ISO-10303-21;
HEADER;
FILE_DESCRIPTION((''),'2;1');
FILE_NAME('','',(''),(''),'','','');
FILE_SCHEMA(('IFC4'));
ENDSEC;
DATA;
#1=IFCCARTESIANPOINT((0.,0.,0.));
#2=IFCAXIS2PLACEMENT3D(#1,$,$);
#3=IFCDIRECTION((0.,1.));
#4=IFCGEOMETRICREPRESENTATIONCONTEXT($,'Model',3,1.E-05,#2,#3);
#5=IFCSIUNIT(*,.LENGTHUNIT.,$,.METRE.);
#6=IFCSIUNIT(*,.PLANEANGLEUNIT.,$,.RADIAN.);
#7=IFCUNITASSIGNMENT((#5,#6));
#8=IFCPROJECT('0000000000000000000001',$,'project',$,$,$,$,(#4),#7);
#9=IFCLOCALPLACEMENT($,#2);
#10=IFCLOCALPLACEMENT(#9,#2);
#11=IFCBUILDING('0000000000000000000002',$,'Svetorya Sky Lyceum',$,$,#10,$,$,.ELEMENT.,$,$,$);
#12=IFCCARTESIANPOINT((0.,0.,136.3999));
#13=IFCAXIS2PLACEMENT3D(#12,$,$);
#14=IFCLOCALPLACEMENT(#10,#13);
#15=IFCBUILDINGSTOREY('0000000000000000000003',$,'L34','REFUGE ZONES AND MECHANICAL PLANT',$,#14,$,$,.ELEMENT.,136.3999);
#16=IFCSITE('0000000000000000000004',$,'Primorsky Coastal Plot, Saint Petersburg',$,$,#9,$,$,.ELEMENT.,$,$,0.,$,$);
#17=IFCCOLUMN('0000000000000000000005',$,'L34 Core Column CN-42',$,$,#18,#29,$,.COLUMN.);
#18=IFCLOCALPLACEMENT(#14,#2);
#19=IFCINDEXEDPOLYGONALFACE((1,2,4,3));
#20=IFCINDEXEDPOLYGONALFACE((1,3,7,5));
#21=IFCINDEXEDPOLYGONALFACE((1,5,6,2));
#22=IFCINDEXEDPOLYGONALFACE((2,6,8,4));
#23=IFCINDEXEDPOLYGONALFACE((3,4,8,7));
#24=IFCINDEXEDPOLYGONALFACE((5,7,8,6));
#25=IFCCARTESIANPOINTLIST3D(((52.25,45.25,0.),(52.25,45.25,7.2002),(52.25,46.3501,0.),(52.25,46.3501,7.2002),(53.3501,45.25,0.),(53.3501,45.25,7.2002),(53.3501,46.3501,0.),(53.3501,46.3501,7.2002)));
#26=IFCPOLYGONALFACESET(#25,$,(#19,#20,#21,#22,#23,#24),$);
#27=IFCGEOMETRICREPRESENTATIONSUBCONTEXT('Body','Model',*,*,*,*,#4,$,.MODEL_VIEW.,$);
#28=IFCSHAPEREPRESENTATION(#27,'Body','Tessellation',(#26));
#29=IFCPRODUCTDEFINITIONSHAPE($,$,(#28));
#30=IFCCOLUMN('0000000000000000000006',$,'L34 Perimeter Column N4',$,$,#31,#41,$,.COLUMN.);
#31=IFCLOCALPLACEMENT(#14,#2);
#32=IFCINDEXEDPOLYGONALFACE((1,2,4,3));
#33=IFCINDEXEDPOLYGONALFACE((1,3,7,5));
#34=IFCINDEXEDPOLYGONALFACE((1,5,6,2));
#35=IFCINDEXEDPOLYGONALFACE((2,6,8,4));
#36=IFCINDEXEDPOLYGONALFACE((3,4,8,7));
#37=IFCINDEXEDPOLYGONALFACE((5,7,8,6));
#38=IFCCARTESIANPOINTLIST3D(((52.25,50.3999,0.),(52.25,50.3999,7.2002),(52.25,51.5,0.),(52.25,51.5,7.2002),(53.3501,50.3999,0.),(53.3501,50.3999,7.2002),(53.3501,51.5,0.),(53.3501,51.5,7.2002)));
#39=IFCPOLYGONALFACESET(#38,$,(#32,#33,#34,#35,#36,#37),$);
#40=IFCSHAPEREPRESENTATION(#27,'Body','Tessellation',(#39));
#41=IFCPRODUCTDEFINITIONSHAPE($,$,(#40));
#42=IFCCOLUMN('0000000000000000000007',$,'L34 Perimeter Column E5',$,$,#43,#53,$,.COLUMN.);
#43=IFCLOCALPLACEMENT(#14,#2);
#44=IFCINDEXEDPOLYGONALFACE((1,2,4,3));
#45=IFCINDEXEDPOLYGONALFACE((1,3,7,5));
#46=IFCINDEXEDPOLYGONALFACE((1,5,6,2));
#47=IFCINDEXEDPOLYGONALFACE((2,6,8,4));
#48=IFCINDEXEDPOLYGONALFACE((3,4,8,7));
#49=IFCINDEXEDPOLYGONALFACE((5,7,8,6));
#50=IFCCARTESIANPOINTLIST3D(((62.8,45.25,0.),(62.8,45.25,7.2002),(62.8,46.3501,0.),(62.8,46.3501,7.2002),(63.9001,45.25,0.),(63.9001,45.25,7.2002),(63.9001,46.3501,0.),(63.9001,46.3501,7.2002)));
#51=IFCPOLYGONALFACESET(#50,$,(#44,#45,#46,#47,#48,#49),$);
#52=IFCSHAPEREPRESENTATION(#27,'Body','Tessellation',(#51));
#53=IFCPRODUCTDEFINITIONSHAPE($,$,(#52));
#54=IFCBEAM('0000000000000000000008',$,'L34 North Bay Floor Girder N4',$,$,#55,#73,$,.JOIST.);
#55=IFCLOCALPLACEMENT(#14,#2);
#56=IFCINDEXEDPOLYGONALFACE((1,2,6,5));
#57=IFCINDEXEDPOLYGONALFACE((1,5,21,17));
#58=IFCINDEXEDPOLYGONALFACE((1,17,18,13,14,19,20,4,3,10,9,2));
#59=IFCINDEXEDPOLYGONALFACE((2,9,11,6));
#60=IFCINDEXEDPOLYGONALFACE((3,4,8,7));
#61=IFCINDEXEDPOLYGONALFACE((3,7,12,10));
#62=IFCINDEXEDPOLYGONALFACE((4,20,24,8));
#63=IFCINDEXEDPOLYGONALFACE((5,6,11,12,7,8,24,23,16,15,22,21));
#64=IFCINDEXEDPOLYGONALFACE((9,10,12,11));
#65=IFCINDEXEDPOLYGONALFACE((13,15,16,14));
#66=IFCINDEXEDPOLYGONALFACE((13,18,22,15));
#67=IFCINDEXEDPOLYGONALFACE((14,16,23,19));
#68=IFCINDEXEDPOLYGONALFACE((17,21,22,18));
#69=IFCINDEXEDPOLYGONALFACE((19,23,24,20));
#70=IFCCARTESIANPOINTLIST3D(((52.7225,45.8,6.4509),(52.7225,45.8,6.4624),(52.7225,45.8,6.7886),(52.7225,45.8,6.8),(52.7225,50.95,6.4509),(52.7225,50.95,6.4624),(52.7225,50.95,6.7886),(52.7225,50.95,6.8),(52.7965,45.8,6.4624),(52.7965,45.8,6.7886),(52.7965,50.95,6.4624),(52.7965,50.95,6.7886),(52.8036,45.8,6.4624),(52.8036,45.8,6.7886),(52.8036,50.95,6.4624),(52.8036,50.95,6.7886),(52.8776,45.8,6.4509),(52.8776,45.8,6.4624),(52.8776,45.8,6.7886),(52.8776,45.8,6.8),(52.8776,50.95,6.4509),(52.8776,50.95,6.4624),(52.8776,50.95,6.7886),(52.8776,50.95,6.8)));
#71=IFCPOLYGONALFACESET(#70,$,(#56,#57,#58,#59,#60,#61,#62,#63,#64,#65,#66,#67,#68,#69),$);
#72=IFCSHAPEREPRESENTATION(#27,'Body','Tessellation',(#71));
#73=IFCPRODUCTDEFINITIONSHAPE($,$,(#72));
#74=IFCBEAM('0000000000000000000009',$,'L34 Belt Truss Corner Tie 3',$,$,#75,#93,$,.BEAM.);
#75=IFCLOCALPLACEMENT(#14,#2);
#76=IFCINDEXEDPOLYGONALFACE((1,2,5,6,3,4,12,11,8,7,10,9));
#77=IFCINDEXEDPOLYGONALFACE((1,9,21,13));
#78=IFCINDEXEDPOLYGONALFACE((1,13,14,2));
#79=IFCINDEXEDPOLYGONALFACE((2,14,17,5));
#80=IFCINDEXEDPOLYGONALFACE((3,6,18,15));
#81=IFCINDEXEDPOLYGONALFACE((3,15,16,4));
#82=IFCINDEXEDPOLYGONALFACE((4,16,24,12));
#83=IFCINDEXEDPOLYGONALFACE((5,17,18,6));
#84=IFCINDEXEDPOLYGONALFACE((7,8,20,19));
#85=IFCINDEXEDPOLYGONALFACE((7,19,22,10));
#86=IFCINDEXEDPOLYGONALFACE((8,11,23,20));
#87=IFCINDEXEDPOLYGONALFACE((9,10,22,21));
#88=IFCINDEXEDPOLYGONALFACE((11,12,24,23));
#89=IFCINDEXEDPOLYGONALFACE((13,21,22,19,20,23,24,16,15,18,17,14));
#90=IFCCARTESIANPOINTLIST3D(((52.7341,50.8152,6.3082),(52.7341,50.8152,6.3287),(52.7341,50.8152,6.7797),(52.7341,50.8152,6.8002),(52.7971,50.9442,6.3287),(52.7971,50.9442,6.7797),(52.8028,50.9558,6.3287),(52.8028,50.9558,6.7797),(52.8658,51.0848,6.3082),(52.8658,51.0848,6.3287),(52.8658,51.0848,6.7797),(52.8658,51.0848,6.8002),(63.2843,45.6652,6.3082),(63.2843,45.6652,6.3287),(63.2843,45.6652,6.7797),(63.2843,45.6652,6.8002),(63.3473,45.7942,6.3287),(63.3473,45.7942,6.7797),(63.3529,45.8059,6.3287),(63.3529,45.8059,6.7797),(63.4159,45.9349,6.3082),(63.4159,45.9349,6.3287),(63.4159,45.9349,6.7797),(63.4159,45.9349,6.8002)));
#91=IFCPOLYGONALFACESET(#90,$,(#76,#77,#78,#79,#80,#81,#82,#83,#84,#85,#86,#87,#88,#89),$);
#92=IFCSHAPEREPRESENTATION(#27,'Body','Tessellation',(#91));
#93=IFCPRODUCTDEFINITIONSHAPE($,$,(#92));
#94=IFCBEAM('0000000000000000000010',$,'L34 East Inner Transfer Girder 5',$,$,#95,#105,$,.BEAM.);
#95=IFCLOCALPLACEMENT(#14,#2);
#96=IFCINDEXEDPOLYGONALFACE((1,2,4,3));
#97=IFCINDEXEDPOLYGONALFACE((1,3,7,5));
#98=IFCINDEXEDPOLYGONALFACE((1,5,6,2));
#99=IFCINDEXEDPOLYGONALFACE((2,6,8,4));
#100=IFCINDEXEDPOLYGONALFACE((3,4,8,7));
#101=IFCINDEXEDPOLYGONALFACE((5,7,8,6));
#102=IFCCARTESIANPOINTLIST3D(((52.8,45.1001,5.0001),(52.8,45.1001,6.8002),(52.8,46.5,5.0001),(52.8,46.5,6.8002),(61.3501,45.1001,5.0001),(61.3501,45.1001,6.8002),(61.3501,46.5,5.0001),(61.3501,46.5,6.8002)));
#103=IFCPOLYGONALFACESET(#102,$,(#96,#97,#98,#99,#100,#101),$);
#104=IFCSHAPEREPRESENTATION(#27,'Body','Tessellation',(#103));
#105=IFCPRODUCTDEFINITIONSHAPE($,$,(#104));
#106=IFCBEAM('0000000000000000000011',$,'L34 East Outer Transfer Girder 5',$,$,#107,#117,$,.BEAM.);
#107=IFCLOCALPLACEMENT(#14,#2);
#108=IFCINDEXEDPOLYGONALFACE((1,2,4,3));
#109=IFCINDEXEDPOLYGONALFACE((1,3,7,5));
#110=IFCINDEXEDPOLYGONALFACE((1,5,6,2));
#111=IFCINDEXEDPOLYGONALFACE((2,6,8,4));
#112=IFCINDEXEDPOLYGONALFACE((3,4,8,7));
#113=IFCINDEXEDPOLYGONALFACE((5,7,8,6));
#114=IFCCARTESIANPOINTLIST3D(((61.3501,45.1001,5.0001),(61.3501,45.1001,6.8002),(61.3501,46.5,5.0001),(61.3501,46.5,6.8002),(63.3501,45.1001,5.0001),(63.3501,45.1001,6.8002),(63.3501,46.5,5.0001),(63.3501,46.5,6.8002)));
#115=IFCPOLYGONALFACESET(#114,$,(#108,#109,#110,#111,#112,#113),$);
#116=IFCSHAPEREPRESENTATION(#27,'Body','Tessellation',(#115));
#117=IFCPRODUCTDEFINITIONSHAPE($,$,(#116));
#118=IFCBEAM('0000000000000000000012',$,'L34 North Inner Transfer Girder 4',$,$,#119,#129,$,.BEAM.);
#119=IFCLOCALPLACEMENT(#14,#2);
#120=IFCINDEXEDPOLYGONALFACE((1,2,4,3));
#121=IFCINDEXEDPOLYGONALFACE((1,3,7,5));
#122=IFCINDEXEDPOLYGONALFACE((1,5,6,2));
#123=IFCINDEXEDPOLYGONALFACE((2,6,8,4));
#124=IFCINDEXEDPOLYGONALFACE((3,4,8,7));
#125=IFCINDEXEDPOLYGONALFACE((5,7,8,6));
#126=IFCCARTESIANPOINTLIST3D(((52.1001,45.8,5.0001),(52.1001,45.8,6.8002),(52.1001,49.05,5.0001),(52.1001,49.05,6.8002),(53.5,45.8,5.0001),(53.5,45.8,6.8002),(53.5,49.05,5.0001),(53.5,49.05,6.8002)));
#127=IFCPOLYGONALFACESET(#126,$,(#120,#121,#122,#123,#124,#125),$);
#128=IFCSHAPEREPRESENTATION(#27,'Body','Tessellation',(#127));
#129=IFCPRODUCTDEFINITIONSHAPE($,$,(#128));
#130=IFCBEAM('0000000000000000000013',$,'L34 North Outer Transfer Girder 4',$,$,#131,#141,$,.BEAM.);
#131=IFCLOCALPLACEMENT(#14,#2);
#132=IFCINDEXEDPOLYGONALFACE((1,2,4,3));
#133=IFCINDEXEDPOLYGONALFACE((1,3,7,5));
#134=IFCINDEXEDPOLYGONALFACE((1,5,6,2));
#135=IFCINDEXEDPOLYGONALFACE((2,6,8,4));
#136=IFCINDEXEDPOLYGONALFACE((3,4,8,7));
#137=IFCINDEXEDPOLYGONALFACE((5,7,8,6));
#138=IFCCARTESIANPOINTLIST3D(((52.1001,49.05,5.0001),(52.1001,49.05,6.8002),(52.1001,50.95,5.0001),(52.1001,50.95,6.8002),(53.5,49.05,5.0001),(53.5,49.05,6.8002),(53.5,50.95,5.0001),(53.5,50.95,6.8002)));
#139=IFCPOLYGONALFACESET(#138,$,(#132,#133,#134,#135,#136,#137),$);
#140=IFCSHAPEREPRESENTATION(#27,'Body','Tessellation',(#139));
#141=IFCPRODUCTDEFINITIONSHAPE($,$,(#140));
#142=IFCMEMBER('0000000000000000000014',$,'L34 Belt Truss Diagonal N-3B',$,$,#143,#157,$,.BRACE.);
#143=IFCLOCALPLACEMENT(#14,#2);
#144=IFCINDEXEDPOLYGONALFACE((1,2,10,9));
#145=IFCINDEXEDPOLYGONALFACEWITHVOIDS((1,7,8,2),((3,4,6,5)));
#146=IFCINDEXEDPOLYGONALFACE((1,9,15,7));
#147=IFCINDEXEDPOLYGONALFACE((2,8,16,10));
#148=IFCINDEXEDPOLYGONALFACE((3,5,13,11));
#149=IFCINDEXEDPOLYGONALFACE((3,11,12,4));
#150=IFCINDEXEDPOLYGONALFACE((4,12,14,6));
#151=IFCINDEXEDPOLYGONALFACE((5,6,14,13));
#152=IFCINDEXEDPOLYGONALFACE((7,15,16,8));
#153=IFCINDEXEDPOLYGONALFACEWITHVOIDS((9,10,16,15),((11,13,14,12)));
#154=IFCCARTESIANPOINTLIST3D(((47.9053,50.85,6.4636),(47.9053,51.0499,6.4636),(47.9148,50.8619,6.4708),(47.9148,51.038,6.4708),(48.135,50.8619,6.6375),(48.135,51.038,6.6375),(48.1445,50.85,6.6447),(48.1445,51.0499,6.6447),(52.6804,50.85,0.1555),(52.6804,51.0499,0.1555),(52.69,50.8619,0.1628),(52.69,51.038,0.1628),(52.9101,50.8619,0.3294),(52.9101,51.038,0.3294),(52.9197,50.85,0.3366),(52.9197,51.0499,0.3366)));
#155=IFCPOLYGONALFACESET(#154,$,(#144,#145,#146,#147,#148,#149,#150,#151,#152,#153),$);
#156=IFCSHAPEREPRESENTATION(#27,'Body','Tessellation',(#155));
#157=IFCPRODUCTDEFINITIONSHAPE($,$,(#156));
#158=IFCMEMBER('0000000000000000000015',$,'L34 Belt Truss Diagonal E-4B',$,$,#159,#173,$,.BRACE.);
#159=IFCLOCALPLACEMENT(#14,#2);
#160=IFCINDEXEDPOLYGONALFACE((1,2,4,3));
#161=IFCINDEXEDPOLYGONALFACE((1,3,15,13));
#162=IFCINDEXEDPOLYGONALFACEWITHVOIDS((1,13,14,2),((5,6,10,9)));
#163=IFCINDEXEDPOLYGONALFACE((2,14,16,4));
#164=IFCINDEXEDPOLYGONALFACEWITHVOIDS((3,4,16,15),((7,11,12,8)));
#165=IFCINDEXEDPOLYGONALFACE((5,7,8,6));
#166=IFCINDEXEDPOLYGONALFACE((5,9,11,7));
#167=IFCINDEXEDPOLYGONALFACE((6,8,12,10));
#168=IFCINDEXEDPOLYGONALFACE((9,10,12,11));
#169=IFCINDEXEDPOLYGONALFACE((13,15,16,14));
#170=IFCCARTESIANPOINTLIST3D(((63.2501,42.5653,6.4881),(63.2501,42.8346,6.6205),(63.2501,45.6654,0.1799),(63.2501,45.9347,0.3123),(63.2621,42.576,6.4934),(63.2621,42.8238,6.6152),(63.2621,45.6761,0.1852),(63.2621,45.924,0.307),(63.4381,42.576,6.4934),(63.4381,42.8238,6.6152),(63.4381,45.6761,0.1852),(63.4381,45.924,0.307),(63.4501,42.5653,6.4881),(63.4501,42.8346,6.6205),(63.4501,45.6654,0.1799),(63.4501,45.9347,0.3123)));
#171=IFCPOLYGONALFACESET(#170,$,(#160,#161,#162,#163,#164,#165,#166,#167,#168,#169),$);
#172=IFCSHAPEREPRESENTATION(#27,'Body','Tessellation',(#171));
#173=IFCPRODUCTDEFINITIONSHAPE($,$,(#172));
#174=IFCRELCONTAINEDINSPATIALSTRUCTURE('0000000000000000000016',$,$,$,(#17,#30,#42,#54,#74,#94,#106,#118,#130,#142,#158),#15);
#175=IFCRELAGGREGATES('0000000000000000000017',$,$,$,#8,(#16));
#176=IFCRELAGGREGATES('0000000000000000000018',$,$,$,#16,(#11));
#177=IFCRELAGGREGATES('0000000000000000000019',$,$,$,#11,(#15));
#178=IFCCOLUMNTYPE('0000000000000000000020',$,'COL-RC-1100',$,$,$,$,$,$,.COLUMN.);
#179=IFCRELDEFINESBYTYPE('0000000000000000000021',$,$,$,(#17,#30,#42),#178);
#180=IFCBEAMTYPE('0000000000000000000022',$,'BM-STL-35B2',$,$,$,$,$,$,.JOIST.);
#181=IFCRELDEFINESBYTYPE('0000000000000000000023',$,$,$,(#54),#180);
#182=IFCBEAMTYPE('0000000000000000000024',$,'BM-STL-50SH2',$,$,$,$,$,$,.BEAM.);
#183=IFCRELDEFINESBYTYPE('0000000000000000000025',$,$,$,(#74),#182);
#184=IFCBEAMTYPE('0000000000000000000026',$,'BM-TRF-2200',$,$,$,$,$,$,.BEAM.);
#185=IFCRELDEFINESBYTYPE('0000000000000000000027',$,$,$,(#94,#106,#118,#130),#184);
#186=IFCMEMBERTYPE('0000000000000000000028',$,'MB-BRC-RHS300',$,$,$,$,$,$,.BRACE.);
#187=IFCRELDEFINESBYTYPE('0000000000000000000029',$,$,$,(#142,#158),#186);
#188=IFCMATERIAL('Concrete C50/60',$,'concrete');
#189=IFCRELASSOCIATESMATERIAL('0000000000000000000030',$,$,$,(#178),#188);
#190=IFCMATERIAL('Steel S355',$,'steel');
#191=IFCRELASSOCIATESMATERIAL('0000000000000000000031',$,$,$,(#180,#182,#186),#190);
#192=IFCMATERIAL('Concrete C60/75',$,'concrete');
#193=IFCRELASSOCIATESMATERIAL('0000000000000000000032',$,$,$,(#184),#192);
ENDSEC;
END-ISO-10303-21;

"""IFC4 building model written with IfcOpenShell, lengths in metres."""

from ifc_helpers import new_model, si_unit, direction, frame, origin, origin_2d, place, context, subcontext, project, spatial, rectangle, hollow_rectangle, i_section, extrude, material, material_profile, profile_set, type_object, element, save


model = new_model("IFC4")

# Units and contexts
model_context = context("Model", 3, precision=1e-05, world=origin(), true_north=direction((0.0, 1.0)))
body_context = subcontext(model_context, "Body", "Model", "MODEL_VIEW")
ifc_project = project(units=[si_unit("LENGTHUNIT", "METRE"), si_unit("PLANEANGLEUNIT", "RADIAN")], contexts=[model_context])

# Site, building, storey
site_placement = place(None, origin())
site = spatial("IfcSite", under=ifc_project, at=site_placement, Name="Primorsky Coastal Plot, Saint Petersburg", CompositionType="ELEMENT", RefElevation=0.0)
building_placement = place(site_placement, origin())
building = spatial("IfcBuilding", under=site, at=building_placement, Name="Svetorya Sky Lyceum", CompositionType="ELEMENT")
storey_placement = place(building_placement, frame((0.0, 0.0, 136.3999)))
storey = spatial("IfcBuildingStorey", under=building, at=storey_placement, Name="L34", Description="REFUGE ZONES AND MECHANICAL PLANT", CompositionType="ELEMENT", Elevation=136.3999)

# Columns
ifc_material_1 = material(Name="Concrete C50/60", Category="concrete")
ifc_material_profile_1 = material_profile(ifc_material_1, rectangle(XDim=1.1001, YDim=1.1001, at=origin_2d()), Name="RC COL 1100x1100")
ifc_profile_set_1 = profile_set([ifc_material_profile_1], Name="Concrete C50/60")
column_type = type_object("IfcColumnType", Name="COL-RC-1100", PredefinedType="COLUMN", material=ifc_profile_set_1)
for number, where, z_axis, x_axis, name in (
    (1, (52.8, 45.8, 0.0), (0.0, 0.0, 1.0), (1.0, 0.0, 0.0), "L34 Core Column CN-42"),
    (2, (52.8, 50.95, 0.0), (0.0, 0.0, 1.0), (1.0, 0.0, 0.0), "L34 Perimeter Column N4"),
    (3, (63.3501, 45.8, 0.0), (0.0, 0.0, 1.0), (1.0, 0.0, 0.0), "L34 Perimeter Column E5"),
):
    element("IfcColumn", number, at=place(storey_placement, frame(where, z_axis=z_axis, x_axis=x_axis)), inside=storey, type_object=column_type, Name=name, PredefinedType="COLUMN", context=body_context, shape_type="SweptSolid", body=[
        extrude(rectangle(XDim=1.1001, YDim=1.1001, at=origin_2d()), origin(), (0.0, 0.0, 1.0), 7.2002),
    ])

# Beams
ifc_material_2 = material(Name="Steel S355", Category="steel")
ifc_material_profile_2 = material_profile(ifc_material_2, i_section(OverallWidth=0.155, OverallDepth=0.3491, WebThickness=0.0071, FlangeThickness=0.0115, at=origin_2d()), Name="GOST 35B2")
ifc_profile_set_2 = profile_set([ifc_material_profile_2], Name="Steel S355")
beam_type_1 = type_object("IfcBeamType", Name="BM-STL-35B2", PredefinedType="JOIST", material=ifc_profile_set_2)
beam_1_placement = place(storey_placement, frame((52.8, 45.8, 6.6255), z_axis=(0.0, 1.0, 0.0), x_axis=(-1.0, 0.0, 0.0)))
element("IfcBeam", 4, at=beam_1_placement, inside=storey, type_object=beam_type_1, Name="L34 North Bay Floor Girder N4", PredefinedType="JOIST", context=body_context, shape_type="SweptSolid", body=[
    extrude(i_section(OverallWidth=0.155, OverallDepth=0.3491, WebThickness=0.0071, FlangeThickness=0.0115, at=origin_2d()), origin(), (0.0, 0.0, 1.0), 5.1499),
])
ifc_material_profile_3 = material_profile(ifc_material_2, i_section(OverallWidth=0.3, OverallDepth=0.4919, WebThickness=0.0129, FlangeThickness=0.0205, at=origin_2d()), Name="GOST 50Sh2")
ifc_profile_set_3 = profile_set([ifc_material_profile_3], Name="Steel S355")
beam_type_2 = type_object("IfcBeamType", Name="BM-STL-50SH2", PredefinedType="BEAM", material=ifc_profile_set_3)
beam_2_placement = place(storey_placement, frame((63.3501, 45.8, 6.5542), z_axis=(-0.89865, 0.438667, 0.0), x_axis=(-0.438667, -0.89865, 0.0)))
element("IfcBeam", 5, at=beam_2_placement, inside=storey, type_object=beam_type_2, Name="L34 Belt Truss Corner Tie 3", PredefinedType="BEAM", context=body_context, shape_type="SweptSolid", body=[
    extrude(i_section(OverallWidth=0.3, OverallDepth=0.4919, WebThickness=0.0129, FlangeThickness=0.0205, at=origin_2d()), origin(), (0.0, 0.0, 1.0), 11.74),
])
ifc_material_3 = material(Name="Concrete C60/75", Category="concrete")
ifc_material_profile_4 = material_profile(ifc_material_3, rectangle(XDim=1.3999, YDim=1.8, at=origin_2d()), Name="RC TRANSFER 1400x1800")
ifc_profile_set_4 = profile_set([ifc_material_profile_4], Name="Concrete C60/75")
beam_type_3 = type_object("IfcBeamType", Name="BM-TRF-2200", PredefinedType="BEAM", material=ifc_profile_set_4)
beam_3_placement = place(storey_placement, frame((52.8, 45.8, 5.9001), z_axis=(1.0, 0.0, 0.0), x_axis=(0.0, 1.0, 0.0)))
element("IfcBeam", 6, at=beam_3_placement, inside=storey, type_object=beam_type_3, Name="L34 East Inner Transfer Girder 5", PredefinedType="BEAM", context=body_context, shape_type="SweptSolid", body=[
    extrude(rectangle(XDim=1.3999, YDim=1.8, at=origin_2d()), origin(), (0.0, 0.0, 1.0), 8.55),
])
beam_4_placement = place(storey_placement, frame((61.3501, 45.8, 5.9001), z_axis=(1.0, 0.0, 0.0), x_axis=(0.0, 1.0, 0.0)))
element("IfcBeam", 7, at=beam_4_placement, inside=storey, type_object=beam_type_3, Name="L34 East Outer Transfer Girder 5", PredefinedType="BEAM", context=body_context, shape_type="SweptSolid", body=[
    extrude(rectangle(XDim=1.3999, YDim=1.8, at=origin_2d()), origin(), (0.0, 0.0, 1.0), 2.0),
])
beam_5_placement = place(storey_placement, frame((52.8, 45.8, 5.9001), z_axis=(0.0, 1.0, 0.0), x_axis=(-1.0, 0.0, 0.0)))
element("IfcBeam", 8, at=beam_5_placement, inside=storey, type_object=beam_type_3, Name="L34 North Inner Transfer Girder 4", PredefinedType="BEAM", context=body_context, shape_type="SweptSolid", body=[
    extrude(rectangle(XDim=1.3999, YDim=1.8, at=origin_2d()), origin(), (0.0, 0.0, 1.0), 3.25),
])
beam_6_placement = place(storey_placement, frame((52.8, 49.05, 5.9001), z_axis=(0.0, 1.0, 0.0), x_axis=(-1.0, 0.0, 0.0)))
element("IfcBeam", 9, at=beam_6_placement, inside=storey, type_object=beam_type_3, Name="L34 North Outer Transfer Girder 4", PredefinedType="BEAM", context=body_context, shape_type="SweptSolid", body=[
    extrude(rectangle(XDim=1.3999, YDim=1.8, at=origin_2d()), origin(), (0.0, 0.0, 1.0), 1.8999),
])

# Members
ifc_material_profile_5 = material_profile(ifc_material_2, hollow_rectangle(XDim=0.2, YDim=0.3, WallThickness=0.012, at=origin_2d()), Name="RHS 300x200x12")
ifc_profile_set_5 = profile_set([ifc_material_profile_5], Name="Steel S355")
member_type_1 = type_object("IfcMemberType", Name="MB-BRC-RHS300", PredefinedType="BRACE", material=ifc_profile_set_5)
member_1_placement = place(storey_placement, frame((52.8, 50.95, 0.2461), z_axis=(-0.603559, 0.0, 0.797318), x_axis=(0.0, -1.0, 0.0)))
element("IfcMember", 10, at=member_1_placement, inside=storey, type_object=member_type_1, Name="L34 Belt Truss Diagonal N-3B", PredefinedType="BRACE", context=body_context, shape_type="SweptSolid", body=[
    extrude(hollow_rectangle(XDim=0.2, YDim=0.3, WallThickness=0.012, at=origin_2d()), origin(), (0.0, 0.0, 1.0), 7.9116),
])
member_2_placement = place(storey_placement, frame((63.3501, 45.8, 0.2461), z_axis=(0.0, -0.441062, 0.897477), x_axis=(1.0, 0.0, 0.0)))
element("IfcMember", 11, at=member_2_placement, inside=storey, type_object=member_type_1, Name="L34 Belt Truss Diagonal E-4B", PredefinedType="BRACE", context=body_context, shape_type="SweptSolid", body=[
    extrude(hollow_rectangle(XDim=0.2, YDim=0.3, WallThickness=0.012, at=origin_2d()), origin(), (0.0, 0.0, 1.0), 7.0288),
])

save(model, "model.ifc")
